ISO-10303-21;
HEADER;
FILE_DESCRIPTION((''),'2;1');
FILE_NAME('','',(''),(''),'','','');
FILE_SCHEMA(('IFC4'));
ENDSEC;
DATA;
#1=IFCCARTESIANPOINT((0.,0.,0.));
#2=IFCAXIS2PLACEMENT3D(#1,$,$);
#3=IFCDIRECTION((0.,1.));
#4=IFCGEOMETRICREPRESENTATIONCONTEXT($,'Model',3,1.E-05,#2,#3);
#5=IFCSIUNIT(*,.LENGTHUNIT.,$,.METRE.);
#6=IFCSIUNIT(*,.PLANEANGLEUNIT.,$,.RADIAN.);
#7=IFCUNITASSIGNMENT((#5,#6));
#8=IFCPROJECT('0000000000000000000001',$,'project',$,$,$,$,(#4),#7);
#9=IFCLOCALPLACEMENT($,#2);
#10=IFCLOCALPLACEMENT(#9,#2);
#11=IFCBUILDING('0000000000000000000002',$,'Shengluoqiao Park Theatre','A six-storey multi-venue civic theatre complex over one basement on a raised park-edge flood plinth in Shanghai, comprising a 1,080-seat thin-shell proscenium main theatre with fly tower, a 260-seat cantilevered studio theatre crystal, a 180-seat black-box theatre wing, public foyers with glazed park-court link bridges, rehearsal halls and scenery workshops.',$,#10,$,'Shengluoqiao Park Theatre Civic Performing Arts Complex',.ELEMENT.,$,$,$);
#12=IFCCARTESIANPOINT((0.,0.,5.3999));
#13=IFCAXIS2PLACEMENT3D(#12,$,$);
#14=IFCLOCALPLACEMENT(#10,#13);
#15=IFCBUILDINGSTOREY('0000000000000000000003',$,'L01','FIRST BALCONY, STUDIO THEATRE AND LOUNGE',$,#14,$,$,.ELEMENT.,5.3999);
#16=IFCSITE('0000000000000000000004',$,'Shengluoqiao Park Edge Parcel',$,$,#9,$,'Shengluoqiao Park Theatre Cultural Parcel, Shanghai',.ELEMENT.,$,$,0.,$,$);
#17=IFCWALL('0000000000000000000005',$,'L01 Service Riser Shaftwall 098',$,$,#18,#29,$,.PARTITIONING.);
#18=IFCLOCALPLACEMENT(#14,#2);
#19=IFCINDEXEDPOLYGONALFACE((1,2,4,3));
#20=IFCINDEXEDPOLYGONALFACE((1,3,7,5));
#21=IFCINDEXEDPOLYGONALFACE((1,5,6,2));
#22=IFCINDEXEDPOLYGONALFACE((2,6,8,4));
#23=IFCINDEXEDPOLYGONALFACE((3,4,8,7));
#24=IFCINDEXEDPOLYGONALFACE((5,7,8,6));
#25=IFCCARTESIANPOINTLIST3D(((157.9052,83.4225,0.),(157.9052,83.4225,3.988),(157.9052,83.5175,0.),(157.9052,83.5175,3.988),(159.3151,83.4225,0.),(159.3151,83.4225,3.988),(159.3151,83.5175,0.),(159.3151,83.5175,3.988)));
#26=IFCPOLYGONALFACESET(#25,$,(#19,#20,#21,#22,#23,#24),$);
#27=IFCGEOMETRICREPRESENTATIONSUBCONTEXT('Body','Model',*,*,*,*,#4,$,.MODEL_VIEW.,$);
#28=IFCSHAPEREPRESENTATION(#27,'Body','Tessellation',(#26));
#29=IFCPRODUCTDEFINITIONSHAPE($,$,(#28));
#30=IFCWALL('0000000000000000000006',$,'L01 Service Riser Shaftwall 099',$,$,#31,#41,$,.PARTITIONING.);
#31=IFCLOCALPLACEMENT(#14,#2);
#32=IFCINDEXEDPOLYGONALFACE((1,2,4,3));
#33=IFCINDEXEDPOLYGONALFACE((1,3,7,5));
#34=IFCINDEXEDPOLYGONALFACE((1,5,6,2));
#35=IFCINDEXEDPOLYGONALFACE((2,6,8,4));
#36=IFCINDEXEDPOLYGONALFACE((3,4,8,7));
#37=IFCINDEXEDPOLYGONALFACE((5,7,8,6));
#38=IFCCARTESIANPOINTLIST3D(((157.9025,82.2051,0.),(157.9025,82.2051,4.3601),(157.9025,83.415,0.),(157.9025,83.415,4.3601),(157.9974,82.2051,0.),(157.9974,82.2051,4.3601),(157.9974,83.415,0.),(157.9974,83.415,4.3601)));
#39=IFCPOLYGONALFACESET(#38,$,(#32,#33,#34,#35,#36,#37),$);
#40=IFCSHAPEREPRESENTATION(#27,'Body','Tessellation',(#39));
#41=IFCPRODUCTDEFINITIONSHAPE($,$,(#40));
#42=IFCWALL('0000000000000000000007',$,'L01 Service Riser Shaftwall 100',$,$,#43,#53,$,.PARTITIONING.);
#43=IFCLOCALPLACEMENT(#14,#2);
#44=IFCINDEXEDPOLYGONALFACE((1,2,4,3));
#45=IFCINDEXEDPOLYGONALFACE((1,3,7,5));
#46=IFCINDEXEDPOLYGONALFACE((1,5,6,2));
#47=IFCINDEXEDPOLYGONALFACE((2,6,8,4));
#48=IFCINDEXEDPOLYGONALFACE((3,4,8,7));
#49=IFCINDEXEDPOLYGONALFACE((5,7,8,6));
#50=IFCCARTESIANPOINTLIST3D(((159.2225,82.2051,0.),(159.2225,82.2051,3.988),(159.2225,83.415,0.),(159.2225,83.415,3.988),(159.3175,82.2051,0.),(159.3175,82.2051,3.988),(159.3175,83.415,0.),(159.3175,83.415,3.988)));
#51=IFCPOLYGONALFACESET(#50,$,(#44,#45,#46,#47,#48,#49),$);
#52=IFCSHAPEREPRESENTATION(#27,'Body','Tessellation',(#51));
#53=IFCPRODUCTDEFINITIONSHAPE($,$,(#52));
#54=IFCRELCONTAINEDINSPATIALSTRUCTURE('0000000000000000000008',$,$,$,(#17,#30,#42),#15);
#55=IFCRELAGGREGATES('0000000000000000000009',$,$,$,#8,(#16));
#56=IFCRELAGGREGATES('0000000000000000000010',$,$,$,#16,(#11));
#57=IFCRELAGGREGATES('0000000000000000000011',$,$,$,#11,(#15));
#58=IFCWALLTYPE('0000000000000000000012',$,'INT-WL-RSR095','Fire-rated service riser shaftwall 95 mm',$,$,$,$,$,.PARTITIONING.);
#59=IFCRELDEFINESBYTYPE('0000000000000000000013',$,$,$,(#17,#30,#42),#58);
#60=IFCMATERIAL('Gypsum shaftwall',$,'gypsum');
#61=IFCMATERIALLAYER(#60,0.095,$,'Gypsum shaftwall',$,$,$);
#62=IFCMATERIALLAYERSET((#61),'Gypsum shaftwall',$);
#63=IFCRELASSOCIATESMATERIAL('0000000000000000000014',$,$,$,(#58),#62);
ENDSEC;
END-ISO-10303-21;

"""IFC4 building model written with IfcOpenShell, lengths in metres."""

from ifc_helpers import new_model, si_unit, direction, frame, frame_2d, origin, place, context, subcontext, project, spatial, rectangle, extrude, material, layer, layer_set, type_object, element, save


model = new_model("IFC4")

# Units and contexts
model_context = context("Model", 3, precision=1e-05, world=origin(), true_north=direction((0.0, 1.0)))
body_context = subcontext(model_context, "Body", "Model", "MODEL_VIEW")
ifc_project = project(units=[si_unit("LENGTHUNIT", "METRE"), si_unit("PLANEANGLEUNIT", "RADIAN")], contexts=[model_context])

# Site, building, storey
site_placement = place(None, origin())
site = spatial("IfcSite", under=ifc_project, at=site_placement, Name="Shengluoqiao Park Edge Parcel", LongName="Shengluoqiao Park Theatre Cultural Parcel, Shanghai", CompositionType="ELEMENT", RefElevation=0.0)
building_placement = place(site_placement, origin())
building = spatial("IfcBuilding", under=site, at=building_placement, Name="Shengluoqiao Park Theatre", Description="A six-storey multi-venue civic theatre complex over one basement on a raised park-edge flood plinth in Shanghai, comprising a 1,080-seat thin-shell proscenium main theatre with fly tower, a 260-seat cantilevered studio theatre crystal, a 180-seat black-box theatre wing, public foyers with glazed park-court link bridges, rehearsal halls and scenery workshops.", LongName="Shengluoqiao Park Theatre Civic Performing Arts Complex", CompositionType="ELEMENT")
storey_placement = place(building_placement, frame((0.0, 0.0, 5.3999)))
storey = spatial("IfcBuildingStorey", under=building, at=storey_placement, Name="L01", Description="FIRST BALCONY, STUDIO THEATRE AND LOUNGE", CompositionType="ELEMENT", Elevation=5.3999)

# Walls
ifc_material_1 = material(Name="Gypsum shaftwall", Category="gypsum")
ifc_layer_1 = layer(ifc_material_1, 0.095, Name="Gypsum shaftwall")
ifc_layer_set_1 = layer_set([ifc_layer_1], Name="Gypsum shaftwall")
wall_type_1 = type_object("IfcWallType", Name="INT-WL-RSR095", Description="Fire-rated service riser shaftwall 95 mm", PredefinedType="PARTITIONING", material=ifc_layer_set_1)
for number, where, z_axis, x_axis, name in (
    (1, (157.905, 83.47, 0.0), (0.0, 0.0, 1.0), (1.0, 0.0, 0.0), "L01 Service Riser Shaftwall 098"),
):
    element("IfcWall", number, at=place(storey_placement, frame(where, z_axis=z_axis, x_axis=x_axis)), inside=storey, type_object=wall_type_1, Name=name, PredefinedType="PARTITIONING", context=body_context, shape_type="SweptSolid", body=[
        extrude(rectangle(XDim=1.4099, YDim=0.095, at=frame_2d((0.7051, 0.0))), origin(), (0.0, 0.0, 1.0), 3.988),
    ])
wall_1_placement = place(storey_placement, frame((157.95, 82.2051, 0.0), z_axis=(0.0, 0.0, 1.0), x_axis=(0.0, 1.0, 0.0)))
element("IfcWall", 2, at=wall_1_placement, inside=storey, type_object=wall_type_1, Name="L01 Service Riser Shaftwall 099", PredefinedType="PARTITIONING", context=body_context, shape_type="SweptSolid", body=[
    extrude(rectangle(XDim=1.21, YDim=0.095, at=frame_2d((0.605, 0.0))), origin(), (0.0, 0.0, 1.0), 4.3601),
])
wall_2_placement = place(storey_placement, frame((159.27, 82.2051, 0.0), z_axis=(0.0, 0.0, 1.0), x_axis=(0.0, 1.0, 0.0)))
element("IfcWall", 3, at=wall_2_placement, inside=storey, type_object=wall_type_1, Name="L01 Service Riser Shaftwall 100", PredefinedType="PARTITIONING", context=body_context, shape_type="SweptSolid", body=[
    extrude(rectangle(XDim=1.21, YDim=0.095, at=frame_2d((0.605, 0.0))), origin(), (0.0, 0.0, 1.0), 3.988),
])

save(model, "model.ifc")
